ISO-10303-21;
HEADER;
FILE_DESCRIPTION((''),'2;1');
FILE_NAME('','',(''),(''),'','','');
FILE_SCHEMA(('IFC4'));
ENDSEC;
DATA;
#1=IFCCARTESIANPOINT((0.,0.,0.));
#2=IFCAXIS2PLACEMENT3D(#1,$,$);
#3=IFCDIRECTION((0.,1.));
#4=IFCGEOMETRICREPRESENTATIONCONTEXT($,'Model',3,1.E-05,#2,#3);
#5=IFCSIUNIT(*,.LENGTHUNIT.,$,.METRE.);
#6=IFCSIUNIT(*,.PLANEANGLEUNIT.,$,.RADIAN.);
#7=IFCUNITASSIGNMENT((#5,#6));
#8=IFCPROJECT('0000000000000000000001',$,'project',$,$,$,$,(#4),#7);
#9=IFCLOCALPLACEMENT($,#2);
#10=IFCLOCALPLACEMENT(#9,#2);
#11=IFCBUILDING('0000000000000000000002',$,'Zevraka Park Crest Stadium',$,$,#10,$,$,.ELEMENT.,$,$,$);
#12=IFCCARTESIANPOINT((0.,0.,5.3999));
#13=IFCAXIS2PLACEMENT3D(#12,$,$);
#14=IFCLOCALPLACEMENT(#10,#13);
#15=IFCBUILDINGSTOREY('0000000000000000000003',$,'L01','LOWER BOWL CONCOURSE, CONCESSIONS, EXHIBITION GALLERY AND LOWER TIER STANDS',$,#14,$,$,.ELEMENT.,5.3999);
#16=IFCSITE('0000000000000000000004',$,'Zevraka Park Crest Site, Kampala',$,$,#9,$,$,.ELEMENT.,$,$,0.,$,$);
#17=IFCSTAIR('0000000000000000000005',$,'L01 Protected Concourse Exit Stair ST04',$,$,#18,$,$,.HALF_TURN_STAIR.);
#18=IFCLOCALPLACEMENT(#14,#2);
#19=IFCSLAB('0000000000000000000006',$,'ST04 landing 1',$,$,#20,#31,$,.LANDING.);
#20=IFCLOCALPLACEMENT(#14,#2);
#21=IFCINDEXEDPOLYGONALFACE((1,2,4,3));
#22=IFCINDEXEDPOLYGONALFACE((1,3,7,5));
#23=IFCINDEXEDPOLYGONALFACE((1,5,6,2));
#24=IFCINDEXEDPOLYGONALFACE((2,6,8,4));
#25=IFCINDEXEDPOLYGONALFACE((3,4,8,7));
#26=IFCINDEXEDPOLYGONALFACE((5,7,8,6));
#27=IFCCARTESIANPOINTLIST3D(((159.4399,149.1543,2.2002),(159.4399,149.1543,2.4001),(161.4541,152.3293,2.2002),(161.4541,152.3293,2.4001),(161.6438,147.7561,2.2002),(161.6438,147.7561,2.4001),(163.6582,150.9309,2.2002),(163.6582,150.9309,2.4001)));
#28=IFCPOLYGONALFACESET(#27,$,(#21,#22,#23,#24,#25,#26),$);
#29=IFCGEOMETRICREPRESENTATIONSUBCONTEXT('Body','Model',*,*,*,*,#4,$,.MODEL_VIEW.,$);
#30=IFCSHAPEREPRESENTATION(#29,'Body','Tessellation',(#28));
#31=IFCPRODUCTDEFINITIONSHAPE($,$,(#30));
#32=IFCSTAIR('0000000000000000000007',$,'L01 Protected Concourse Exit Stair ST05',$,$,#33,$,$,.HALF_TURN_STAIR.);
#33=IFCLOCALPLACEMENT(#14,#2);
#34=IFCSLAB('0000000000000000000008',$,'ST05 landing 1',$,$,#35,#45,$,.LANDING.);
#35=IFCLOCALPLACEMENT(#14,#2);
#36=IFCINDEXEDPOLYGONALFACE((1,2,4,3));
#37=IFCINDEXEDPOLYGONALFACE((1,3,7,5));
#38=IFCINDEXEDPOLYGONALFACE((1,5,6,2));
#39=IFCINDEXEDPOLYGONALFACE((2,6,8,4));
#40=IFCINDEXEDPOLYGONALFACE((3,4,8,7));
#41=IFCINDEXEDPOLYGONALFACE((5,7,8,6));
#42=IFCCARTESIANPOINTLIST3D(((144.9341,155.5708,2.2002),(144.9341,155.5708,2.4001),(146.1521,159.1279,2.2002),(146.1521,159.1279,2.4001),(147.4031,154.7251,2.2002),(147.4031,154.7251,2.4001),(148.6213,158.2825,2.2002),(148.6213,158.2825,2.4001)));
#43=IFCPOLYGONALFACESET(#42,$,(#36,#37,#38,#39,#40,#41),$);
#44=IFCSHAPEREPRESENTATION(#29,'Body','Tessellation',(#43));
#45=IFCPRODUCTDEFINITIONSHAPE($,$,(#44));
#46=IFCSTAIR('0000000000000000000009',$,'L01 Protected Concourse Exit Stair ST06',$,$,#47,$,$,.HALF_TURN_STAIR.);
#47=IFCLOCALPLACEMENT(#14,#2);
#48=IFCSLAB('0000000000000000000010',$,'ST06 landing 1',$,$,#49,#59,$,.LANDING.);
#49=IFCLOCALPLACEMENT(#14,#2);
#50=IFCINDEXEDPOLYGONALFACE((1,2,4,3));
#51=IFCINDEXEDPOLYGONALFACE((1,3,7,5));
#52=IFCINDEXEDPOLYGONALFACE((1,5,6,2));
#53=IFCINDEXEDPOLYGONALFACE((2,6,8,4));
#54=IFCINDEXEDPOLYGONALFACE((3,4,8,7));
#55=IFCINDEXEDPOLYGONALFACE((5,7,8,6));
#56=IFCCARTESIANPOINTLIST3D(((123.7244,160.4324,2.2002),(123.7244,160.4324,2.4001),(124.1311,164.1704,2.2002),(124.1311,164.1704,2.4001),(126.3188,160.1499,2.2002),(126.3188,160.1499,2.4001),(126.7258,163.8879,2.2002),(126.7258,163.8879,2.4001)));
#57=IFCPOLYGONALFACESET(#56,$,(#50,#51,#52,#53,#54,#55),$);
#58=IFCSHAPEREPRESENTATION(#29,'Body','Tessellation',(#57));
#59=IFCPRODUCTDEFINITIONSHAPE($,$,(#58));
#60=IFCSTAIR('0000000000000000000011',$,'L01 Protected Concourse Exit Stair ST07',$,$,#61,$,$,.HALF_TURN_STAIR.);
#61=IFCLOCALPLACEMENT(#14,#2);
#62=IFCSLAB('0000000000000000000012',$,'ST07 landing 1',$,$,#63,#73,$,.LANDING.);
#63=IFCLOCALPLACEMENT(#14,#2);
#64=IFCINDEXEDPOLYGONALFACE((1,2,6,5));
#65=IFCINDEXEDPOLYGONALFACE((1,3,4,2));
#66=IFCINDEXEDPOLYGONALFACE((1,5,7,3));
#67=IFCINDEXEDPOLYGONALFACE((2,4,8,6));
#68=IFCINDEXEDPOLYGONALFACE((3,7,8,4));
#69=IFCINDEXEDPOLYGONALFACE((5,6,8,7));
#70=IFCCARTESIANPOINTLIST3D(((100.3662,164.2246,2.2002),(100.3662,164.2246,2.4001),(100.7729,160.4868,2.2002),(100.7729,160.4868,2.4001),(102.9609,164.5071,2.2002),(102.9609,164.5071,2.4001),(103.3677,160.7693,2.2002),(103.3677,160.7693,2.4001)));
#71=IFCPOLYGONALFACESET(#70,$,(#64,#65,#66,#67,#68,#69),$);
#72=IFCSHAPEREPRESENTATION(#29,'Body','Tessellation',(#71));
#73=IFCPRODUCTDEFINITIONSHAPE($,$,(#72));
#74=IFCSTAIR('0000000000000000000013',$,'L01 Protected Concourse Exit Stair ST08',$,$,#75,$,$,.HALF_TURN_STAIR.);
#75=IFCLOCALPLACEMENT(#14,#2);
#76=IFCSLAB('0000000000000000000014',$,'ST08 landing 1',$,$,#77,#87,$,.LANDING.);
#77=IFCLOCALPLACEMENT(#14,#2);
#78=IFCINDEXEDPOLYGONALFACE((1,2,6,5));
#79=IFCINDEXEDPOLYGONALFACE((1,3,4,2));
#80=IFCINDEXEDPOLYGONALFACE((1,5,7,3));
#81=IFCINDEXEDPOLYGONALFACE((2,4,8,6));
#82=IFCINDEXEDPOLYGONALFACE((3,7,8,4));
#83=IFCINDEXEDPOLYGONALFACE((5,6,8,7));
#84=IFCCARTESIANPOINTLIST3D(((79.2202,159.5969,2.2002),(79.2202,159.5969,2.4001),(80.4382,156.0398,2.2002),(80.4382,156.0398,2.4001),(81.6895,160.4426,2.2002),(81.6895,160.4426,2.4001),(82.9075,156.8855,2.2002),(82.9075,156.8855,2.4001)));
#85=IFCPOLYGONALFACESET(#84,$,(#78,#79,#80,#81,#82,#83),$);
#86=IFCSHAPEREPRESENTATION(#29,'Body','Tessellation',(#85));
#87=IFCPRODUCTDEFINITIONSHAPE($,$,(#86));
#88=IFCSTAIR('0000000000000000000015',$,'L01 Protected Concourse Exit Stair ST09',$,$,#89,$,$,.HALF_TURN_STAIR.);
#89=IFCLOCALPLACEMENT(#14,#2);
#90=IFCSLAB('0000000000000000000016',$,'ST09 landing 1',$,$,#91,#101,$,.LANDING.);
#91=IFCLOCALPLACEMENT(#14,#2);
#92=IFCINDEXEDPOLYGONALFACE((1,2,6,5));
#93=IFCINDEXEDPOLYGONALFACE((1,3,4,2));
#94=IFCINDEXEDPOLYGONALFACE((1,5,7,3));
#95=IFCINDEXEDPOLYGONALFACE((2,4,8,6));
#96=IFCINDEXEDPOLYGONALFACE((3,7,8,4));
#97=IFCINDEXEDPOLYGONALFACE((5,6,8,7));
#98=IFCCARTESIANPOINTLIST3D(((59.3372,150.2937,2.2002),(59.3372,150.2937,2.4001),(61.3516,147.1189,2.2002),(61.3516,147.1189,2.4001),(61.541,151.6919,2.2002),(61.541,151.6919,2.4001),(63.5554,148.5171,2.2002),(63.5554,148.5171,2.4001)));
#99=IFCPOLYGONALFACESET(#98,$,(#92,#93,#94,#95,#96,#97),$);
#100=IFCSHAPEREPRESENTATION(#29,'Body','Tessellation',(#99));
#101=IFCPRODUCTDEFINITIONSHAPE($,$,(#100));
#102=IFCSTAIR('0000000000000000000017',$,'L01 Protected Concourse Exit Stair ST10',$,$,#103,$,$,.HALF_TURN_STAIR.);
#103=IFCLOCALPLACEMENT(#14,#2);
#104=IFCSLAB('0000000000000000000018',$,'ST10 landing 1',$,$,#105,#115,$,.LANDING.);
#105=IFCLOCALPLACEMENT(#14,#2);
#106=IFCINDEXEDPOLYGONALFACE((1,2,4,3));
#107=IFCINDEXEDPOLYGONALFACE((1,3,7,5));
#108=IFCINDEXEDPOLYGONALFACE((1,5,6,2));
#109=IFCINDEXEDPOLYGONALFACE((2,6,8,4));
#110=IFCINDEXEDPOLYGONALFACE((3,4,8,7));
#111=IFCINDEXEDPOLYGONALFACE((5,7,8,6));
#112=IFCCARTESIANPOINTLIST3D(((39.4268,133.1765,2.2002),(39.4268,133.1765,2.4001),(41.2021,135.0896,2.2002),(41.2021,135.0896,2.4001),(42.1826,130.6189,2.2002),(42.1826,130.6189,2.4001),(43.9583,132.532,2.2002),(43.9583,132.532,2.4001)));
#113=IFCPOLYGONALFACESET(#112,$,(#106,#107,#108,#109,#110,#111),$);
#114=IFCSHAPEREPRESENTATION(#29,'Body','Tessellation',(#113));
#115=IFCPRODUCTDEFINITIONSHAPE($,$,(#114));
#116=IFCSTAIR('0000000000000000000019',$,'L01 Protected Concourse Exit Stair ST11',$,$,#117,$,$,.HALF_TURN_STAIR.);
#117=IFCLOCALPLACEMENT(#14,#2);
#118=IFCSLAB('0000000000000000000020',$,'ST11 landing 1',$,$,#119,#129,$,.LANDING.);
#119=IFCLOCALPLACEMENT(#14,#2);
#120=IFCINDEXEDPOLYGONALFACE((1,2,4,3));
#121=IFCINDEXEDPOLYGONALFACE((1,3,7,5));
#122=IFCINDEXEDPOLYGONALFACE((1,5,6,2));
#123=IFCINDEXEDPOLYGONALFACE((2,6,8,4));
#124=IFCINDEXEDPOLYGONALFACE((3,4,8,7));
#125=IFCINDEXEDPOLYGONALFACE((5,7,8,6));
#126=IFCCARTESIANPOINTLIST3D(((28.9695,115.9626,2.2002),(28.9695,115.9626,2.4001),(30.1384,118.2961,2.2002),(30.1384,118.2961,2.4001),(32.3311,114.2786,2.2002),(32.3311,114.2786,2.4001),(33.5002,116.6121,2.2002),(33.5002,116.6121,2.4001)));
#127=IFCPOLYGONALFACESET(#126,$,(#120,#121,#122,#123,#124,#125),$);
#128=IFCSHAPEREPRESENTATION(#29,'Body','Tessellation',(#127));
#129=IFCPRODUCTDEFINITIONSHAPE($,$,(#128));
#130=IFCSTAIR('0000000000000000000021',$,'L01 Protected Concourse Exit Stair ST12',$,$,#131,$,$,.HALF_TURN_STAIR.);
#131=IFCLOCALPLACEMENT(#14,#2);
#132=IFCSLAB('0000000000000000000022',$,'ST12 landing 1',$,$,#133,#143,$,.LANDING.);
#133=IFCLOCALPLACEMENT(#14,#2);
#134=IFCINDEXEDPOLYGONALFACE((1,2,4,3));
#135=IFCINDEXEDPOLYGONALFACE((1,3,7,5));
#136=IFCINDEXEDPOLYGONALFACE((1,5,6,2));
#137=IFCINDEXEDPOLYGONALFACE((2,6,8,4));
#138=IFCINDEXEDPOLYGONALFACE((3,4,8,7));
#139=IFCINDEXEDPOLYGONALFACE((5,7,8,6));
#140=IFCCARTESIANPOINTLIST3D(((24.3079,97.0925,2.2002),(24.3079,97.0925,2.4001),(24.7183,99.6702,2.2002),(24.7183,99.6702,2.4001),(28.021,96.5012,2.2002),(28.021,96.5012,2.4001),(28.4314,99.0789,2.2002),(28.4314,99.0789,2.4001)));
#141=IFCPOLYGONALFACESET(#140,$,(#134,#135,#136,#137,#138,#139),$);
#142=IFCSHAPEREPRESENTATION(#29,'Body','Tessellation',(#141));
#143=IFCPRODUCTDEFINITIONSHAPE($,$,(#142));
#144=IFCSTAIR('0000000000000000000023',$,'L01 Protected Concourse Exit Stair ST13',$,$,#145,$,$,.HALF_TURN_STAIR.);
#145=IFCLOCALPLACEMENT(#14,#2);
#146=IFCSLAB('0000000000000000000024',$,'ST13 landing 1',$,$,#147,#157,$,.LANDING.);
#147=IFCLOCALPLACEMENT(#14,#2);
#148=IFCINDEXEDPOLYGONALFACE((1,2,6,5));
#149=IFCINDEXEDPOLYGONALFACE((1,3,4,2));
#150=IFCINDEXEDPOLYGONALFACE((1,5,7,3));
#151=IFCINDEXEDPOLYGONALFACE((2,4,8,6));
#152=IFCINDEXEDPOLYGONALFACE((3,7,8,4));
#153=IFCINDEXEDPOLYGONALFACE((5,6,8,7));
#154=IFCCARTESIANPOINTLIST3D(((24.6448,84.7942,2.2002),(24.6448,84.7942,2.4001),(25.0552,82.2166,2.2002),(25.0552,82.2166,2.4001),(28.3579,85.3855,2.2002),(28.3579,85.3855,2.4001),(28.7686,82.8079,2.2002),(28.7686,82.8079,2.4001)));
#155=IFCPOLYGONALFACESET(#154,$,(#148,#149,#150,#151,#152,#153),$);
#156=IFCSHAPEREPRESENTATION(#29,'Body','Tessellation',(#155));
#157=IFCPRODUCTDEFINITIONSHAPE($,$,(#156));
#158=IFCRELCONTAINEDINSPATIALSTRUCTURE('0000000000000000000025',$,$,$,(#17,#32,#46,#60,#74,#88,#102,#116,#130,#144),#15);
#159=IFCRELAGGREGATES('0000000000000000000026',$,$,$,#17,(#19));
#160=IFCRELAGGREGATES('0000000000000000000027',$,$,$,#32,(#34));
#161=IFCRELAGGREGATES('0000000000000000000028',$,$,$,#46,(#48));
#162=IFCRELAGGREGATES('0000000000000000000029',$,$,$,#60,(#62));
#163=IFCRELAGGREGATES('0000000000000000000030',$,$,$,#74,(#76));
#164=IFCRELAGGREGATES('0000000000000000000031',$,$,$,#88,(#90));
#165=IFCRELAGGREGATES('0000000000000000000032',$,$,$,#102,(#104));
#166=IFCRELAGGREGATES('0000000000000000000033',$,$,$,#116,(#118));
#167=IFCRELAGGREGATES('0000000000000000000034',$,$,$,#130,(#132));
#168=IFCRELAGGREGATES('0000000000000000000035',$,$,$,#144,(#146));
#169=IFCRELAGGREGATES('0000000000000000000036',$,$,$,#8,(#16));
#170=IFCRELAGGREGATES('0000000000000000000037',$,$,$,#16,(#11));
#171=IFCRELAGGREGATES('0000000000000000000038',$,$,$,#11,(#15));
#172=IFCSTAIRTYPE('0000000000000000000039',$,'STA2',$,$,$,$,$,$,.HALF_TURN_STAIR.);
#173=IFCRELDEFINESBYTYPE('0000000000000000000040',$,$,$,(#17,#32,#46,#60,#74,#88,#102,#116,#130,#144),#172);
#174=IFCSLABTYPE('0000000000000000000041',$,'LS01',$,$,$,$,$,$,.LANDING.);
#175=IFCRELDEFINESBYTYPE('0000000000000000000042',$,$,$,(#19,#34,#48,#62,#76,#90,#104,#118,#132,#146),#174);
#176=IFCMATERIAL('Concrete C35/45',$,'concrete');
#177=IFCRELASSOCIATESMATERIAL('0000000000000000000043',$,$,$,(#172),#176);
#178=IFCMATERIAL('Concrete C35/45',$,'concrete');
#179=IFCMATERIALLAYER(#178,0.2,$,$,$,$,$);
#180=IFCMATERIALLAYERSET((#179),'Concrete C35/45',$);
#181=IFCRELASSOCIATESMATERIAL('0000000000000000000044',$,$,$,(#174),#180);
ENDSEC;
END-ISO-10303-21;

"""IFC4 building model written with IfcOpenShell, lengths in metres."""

from ifc_helpers import new_model, si_unit, direction, frame, origin, place, context, subcontext, project, spatial, polyline, outline, extrude, material, layer, layer_set, type_object, element, aggregate, save


model = new_model("IFC4")

# Units and contexts
model_context = context("Model", 3, precision=1e-05, world=origin(), true_north=direction((0.0, 1.0)))
body_context = subcontext(model_context, "Body", "Model", "MODEL_VIEW")
ifc_project = project(units=[si_unit("LENGTHUNIT", "METRE"), si_unit("PLANEANGLEUNIT", "RADIAN")], contexts=[model_context])

# Site, building, storey
site_placement = place(None, origin())
site = spatial("IfcSite", under=ifc_project, at=site_placement, Name="Zevraka Park Crest Site, Kampala", CompositionType="ELEMENT", RefElevation=0.0)
building_placement = place(site_placement, origin())
building = spatial("IfcBuilding", under=site, at=building_placement, Name="Zevraka Park Crest Stadium", CompositionType="ELEMENT")
storey_placement = place(building_placement, frame((0.0, 0.0, 5.3999)))
storey = spatial("IfcBuildingStorey", under=building, at=storey_placement, Name="L01", Description="LOWER BOWL CONCOURSE, CONCESSIONS, EXHIBITION GALLERY AND LOWER TIER STANDS", CompositionType="ELEMENT", Elevation=5.3999)

# Stairs, slabs
ifc_material_1 = material(Name="Concrete C35/45", Category="concrete")
stair_type = type_object("IfcStairType", Name="STA2", PredefinedType="HALF_TURN_STAIR", material=ifc_material_1)
ifc_material_2 = material(Name="Concrete C35/45", Category="concrete")
ifc_layer_1 = layer(ifc_material_2, 0.2)
ifc_layer_set_1 = layer_set([ifc_layer_1], Name="Concrete C35/45")
slab_type_1 = type_object("IfcSlabType", Name="LS01", PredefinedType="LANDING", material=ifc_layer_set_1)
stair_1_placement = place(storey_placement, origin())
stair_1 = element("IfcStair", 1, at=stair_1_placement, inside=storey, type_object=stair_type, Name="L01 Protected Concourse Exit Stair ST04", PredefinedType="HALF_TURN_STAIR")
slab_1_placement = place(storey_placement, frame((0.0, 0.0, 2.2002)))
slab_1 = element("IfcSlab", 2, at=slab_1_placement, type_object=slab_type_1, Name="ST04 landing 1", PredefinedType="LANDING", context=body_context, shape_type="SweptSolid", body=[
    extrude(outline(polyline([(163.6582, 150.9309), (161.4541, 152.3293), (159.4399, 149.1543), (161.6438, 147.7561), (163.6582, 150.9309)])), origin(), (0.0, 0.0, 1.0), 0.2),
])
aggregate(stair_1, [slab_1])
stair_2_placement = place(storey_placement, origin())
stair_2 = element("IfcStair", 3, at=stair_2_placement, inside=storey, type_object=stair_type, Name="L01 Protected Concourse Exit Stair ST05", PredefinedType="HALF_TURN_STAIR")
slab_2_placement = place(storey_placement, frame((0.0, 0.0, 2.2002)))
slab_2 = element("IfcSlab", 4, at=slab_2_placement, type_object=slab_type_1, Name="ST05 landing 1", PredefinedType="LANDING", context=body_context, shape_type="SweptSolid", body=[
    extrude(outline(polyline([(148.6213, 158.2825), (146.1521, 159.1279), (144.9341, 155.5708), (147.4031, 154.7251), (148.6213, 158.2825)])), origin(), (0.0, 0.0, 1.0), 0.2),
])
aggregate(stair_2, [slab_2])
stair_3_placement = place(storey_placement, origin())
stair_3 = element("IfcStair", 5, at=stair_3_placement, inside=storey, type_object=stair_type, Name="L01 Protected Concourse Exit Stair ST06", PredefinedType="HALF_TURN_STAIR")
slab_3_placement = place(storey_placement, frame((0.0, 0.0, 2.2002)))
slab_3 = element("IfcSlab", 6, at=slab_3_placement, type_object=slab_type_1, Name="ST06 landing 1", PredefinedType="LANDING", context=body_context, shape_type="SweptSolid", body=[
    extrude(outline(polyline([(126.7258, 163.8879), (124.1311, 164.1704), (123.7244, 160.4324), (126.3188, 160.1499), (126.7258, 163.8879)])), origin(), (0.0, 0.0, 1.0), 0.2),
])
aggregate(stair_3, [slab_3])
stair_4_placement = place(storey_placement, origin())
stair_4 = element("IfcStair", 7, at=stair_4_placement, inside=storey, type_object=stair_type, Name="L01 Protected Concourse Exit Stair ST07", PredefinedType="HALF_TURN_STAIR")
slab_4_placement = place(storey_placement, frame((0.0, 0.0, 2.2002)))
slab_4 = element("IfcSlab", 8, at=slab_4_placement, type_object=slab_type_1, Name="ST07 landing 1", PredefinedType="LANDING", context=body_context, shape_type="SweptSolid", body=[
    extrude(outline(polyline([(102.9609, 164.5071), (100.3662, 164.2246), (100.7729, 160.4868), (103.3677, 160.7693), (102.9609, 164.5071)])), origin(), (0.0, 0.0, 1.0), 0.2),
])
aggregate(stair_4, [slab_4])
stair_5_placement = place(storey_placement, origin())
stair_5 = element("IfcStair", 9, at=stair_5_placement, inside=storey, type_object=stair_type, Name="L01 Protected Concourse Exit Stair ST08", PredefinedType="HALF_TURN_STAIR")
slab_5_placement = place(storey_placement, frame((0.0, 0.0, 2.2002)))
slab_5 = element("IfcSlab", 10, at=slab_5_placement, type_object=slab_type_1, Name="ST08 landing 1", PredefinedType="LANDING", context=body_context, shape_type="SweptSolid", body=[
    extrude(outline(polyline([(81.6895, 160.4426), (79.2202, 159.5969), (80.4382, 156.0398), (82.9075, 156.8855), (81.6895, 160.4426)])), origin(), (0.0, 0.0, 1.0), 0.2),
])
aggregate(stair_5, [slab_5])
stair_6_placement = place(storey_placement, origin())
stair_6 = element("IfcStair", 11, at=stair_6_placement, inside=storey, type_object=stair_type, Name="L01 Protected Concourse Exit Stair ST09", PredefinedType="HALF_TURN_STAIR")
slab_6_placement = place(storey_placement, frame((0.0, 0.0, 2.2002)))
slab_6 = element("IfcSlab", 12, at=slab_6_placement, type_object=slab_type_1, Name="ST09 landing 1", PredefinedType="LANDING", context=body_context, shape_type="SweptSolid", body=[
    extrude(outline(polyline([(61.541, 151.6919), (59.3372, 150.2937), (61.3516, 147.1189), (63.5554, 148.5171), (61.541, 151.6919)])), origin(), (0.0, 0.0, 1.0), 0.2),
])
aggregate(stair_6, [slab_6])
stair_7_placement = place(storey_placement, origin())
stair_7 = element("IfcStair", 13, at=stair_7_placement, inside=storey, type_object=stair_type, Name="L01 Protected Concourse Exit Stair ST10", PredefinedType="HALF_TURN_STAIR")
slab_7_placement = place(storey_placement, frame((0.0, 0.0, 2.2002)))
slab_7 = element("IfcSlab", 14, at=slab_7_placement, type_object=slab_type_1, Name="ST10 landing 1", PredefinedType="LANDING", context=body_context, shape_type="SweptSolid", body=[
    extrude(outline(polyline([(41.2021, 135.0896), (39.4268, 133.1765), (42.1826, 130.6189), (43.9583, 132.532), (41.2021, 135.0896)])), origin(), (0.0, 0.0, 1.0), 0.2),
])
aggregate(stair_7, [slab_7])
stair_8_placement = place(storey_placement, origin())
stair_8 = element("IfcStair", 15, at=stair_8_placement, inside=storey, type_object=stair_type, Name="L01 Protected Concourse Exit Stair ST11", PredefinedType="HALF_TURN_STAIR")
slab_8_placement = place(storey_placement, frame((0.0, 0.0, 2.2002)))
slab_8 = element("IfcSlab", 16, at=slab_8_placement, type_object=slab_type_1, Name="ST11 landing 1", PredefinedType="LANDING", context=body_context, shape_type="SweptSolid", body=[
    extrude(outline(polyline([(30.1384, 118.2961), (28.9695, 115.9626), (32.3311, 114.2786), (33.5002, 116.6121), (30.1384, 118.2961)])), origin(), (0.0, 0.0, 1.0), 0.2),
])
aggregate(stair_8, [slab_8])
stair_9_placement = place(storey_placement, origin())
stair_9 = element("IfcStair", 17, at=stair_9_placement, inside=storey, type_object=stair_type, Name="L01 Protected Concourse Exit Stair ST12", PredefinedType="HALF_TURN_STAIR")
slab_9_placement = place(storey_placement, frame((0.0, 0.0, 2.2002)))
slab_9 = element("IfcSlab", 18, at=slab_9_placement, type_object=slab_type_1, Name="ST12 landing 1", PredefinedType="LANDING", context=body_context, shape_type="SweptSolid", body=[
    extrude(outline(polyline([(24.7183, 99.6702), (24.3079, 97.0925), (28.021, 96.5012), (28.4314, 99.0789), (24.7183, 99.6702)])), origin(), (0.0, 0.0, 1.0), 0.2),
])
aggregate(stair_9, [slab_9])
stair_10_placement = place(storey_placement, origin())
stair_10 = element("IfcStair", 19, at=stair_10_placement, inside=storey, type_object=stair_type, Name="L01 Protected Concourse Exit Stair ST13", PredefinedType="HALF_TURN_STAIR")
slab_10_placement = place(storey_placement, frame((0.0, 0.0, 2.2002)))
slab_10 = element("IfcSlab", 20, at=slab_10_placement, type_object=slab_type_1, Name="ST13 landing 1", PredefinedType="LANDING", context=body_context, shape_type="SweptSolid", body=[
    extrude(outline(polyline([(24.6448, 84.7942), (25.0552, 82.2166), (28.7686, 82.8079), (28.3579, 85.3855), (24.6448, 84.7942)])), origin(), (0.0, 0.0, 1.0), 0.2),
])
aggregate(stair_10, [slab_10])

save(model, "model.ifc")
